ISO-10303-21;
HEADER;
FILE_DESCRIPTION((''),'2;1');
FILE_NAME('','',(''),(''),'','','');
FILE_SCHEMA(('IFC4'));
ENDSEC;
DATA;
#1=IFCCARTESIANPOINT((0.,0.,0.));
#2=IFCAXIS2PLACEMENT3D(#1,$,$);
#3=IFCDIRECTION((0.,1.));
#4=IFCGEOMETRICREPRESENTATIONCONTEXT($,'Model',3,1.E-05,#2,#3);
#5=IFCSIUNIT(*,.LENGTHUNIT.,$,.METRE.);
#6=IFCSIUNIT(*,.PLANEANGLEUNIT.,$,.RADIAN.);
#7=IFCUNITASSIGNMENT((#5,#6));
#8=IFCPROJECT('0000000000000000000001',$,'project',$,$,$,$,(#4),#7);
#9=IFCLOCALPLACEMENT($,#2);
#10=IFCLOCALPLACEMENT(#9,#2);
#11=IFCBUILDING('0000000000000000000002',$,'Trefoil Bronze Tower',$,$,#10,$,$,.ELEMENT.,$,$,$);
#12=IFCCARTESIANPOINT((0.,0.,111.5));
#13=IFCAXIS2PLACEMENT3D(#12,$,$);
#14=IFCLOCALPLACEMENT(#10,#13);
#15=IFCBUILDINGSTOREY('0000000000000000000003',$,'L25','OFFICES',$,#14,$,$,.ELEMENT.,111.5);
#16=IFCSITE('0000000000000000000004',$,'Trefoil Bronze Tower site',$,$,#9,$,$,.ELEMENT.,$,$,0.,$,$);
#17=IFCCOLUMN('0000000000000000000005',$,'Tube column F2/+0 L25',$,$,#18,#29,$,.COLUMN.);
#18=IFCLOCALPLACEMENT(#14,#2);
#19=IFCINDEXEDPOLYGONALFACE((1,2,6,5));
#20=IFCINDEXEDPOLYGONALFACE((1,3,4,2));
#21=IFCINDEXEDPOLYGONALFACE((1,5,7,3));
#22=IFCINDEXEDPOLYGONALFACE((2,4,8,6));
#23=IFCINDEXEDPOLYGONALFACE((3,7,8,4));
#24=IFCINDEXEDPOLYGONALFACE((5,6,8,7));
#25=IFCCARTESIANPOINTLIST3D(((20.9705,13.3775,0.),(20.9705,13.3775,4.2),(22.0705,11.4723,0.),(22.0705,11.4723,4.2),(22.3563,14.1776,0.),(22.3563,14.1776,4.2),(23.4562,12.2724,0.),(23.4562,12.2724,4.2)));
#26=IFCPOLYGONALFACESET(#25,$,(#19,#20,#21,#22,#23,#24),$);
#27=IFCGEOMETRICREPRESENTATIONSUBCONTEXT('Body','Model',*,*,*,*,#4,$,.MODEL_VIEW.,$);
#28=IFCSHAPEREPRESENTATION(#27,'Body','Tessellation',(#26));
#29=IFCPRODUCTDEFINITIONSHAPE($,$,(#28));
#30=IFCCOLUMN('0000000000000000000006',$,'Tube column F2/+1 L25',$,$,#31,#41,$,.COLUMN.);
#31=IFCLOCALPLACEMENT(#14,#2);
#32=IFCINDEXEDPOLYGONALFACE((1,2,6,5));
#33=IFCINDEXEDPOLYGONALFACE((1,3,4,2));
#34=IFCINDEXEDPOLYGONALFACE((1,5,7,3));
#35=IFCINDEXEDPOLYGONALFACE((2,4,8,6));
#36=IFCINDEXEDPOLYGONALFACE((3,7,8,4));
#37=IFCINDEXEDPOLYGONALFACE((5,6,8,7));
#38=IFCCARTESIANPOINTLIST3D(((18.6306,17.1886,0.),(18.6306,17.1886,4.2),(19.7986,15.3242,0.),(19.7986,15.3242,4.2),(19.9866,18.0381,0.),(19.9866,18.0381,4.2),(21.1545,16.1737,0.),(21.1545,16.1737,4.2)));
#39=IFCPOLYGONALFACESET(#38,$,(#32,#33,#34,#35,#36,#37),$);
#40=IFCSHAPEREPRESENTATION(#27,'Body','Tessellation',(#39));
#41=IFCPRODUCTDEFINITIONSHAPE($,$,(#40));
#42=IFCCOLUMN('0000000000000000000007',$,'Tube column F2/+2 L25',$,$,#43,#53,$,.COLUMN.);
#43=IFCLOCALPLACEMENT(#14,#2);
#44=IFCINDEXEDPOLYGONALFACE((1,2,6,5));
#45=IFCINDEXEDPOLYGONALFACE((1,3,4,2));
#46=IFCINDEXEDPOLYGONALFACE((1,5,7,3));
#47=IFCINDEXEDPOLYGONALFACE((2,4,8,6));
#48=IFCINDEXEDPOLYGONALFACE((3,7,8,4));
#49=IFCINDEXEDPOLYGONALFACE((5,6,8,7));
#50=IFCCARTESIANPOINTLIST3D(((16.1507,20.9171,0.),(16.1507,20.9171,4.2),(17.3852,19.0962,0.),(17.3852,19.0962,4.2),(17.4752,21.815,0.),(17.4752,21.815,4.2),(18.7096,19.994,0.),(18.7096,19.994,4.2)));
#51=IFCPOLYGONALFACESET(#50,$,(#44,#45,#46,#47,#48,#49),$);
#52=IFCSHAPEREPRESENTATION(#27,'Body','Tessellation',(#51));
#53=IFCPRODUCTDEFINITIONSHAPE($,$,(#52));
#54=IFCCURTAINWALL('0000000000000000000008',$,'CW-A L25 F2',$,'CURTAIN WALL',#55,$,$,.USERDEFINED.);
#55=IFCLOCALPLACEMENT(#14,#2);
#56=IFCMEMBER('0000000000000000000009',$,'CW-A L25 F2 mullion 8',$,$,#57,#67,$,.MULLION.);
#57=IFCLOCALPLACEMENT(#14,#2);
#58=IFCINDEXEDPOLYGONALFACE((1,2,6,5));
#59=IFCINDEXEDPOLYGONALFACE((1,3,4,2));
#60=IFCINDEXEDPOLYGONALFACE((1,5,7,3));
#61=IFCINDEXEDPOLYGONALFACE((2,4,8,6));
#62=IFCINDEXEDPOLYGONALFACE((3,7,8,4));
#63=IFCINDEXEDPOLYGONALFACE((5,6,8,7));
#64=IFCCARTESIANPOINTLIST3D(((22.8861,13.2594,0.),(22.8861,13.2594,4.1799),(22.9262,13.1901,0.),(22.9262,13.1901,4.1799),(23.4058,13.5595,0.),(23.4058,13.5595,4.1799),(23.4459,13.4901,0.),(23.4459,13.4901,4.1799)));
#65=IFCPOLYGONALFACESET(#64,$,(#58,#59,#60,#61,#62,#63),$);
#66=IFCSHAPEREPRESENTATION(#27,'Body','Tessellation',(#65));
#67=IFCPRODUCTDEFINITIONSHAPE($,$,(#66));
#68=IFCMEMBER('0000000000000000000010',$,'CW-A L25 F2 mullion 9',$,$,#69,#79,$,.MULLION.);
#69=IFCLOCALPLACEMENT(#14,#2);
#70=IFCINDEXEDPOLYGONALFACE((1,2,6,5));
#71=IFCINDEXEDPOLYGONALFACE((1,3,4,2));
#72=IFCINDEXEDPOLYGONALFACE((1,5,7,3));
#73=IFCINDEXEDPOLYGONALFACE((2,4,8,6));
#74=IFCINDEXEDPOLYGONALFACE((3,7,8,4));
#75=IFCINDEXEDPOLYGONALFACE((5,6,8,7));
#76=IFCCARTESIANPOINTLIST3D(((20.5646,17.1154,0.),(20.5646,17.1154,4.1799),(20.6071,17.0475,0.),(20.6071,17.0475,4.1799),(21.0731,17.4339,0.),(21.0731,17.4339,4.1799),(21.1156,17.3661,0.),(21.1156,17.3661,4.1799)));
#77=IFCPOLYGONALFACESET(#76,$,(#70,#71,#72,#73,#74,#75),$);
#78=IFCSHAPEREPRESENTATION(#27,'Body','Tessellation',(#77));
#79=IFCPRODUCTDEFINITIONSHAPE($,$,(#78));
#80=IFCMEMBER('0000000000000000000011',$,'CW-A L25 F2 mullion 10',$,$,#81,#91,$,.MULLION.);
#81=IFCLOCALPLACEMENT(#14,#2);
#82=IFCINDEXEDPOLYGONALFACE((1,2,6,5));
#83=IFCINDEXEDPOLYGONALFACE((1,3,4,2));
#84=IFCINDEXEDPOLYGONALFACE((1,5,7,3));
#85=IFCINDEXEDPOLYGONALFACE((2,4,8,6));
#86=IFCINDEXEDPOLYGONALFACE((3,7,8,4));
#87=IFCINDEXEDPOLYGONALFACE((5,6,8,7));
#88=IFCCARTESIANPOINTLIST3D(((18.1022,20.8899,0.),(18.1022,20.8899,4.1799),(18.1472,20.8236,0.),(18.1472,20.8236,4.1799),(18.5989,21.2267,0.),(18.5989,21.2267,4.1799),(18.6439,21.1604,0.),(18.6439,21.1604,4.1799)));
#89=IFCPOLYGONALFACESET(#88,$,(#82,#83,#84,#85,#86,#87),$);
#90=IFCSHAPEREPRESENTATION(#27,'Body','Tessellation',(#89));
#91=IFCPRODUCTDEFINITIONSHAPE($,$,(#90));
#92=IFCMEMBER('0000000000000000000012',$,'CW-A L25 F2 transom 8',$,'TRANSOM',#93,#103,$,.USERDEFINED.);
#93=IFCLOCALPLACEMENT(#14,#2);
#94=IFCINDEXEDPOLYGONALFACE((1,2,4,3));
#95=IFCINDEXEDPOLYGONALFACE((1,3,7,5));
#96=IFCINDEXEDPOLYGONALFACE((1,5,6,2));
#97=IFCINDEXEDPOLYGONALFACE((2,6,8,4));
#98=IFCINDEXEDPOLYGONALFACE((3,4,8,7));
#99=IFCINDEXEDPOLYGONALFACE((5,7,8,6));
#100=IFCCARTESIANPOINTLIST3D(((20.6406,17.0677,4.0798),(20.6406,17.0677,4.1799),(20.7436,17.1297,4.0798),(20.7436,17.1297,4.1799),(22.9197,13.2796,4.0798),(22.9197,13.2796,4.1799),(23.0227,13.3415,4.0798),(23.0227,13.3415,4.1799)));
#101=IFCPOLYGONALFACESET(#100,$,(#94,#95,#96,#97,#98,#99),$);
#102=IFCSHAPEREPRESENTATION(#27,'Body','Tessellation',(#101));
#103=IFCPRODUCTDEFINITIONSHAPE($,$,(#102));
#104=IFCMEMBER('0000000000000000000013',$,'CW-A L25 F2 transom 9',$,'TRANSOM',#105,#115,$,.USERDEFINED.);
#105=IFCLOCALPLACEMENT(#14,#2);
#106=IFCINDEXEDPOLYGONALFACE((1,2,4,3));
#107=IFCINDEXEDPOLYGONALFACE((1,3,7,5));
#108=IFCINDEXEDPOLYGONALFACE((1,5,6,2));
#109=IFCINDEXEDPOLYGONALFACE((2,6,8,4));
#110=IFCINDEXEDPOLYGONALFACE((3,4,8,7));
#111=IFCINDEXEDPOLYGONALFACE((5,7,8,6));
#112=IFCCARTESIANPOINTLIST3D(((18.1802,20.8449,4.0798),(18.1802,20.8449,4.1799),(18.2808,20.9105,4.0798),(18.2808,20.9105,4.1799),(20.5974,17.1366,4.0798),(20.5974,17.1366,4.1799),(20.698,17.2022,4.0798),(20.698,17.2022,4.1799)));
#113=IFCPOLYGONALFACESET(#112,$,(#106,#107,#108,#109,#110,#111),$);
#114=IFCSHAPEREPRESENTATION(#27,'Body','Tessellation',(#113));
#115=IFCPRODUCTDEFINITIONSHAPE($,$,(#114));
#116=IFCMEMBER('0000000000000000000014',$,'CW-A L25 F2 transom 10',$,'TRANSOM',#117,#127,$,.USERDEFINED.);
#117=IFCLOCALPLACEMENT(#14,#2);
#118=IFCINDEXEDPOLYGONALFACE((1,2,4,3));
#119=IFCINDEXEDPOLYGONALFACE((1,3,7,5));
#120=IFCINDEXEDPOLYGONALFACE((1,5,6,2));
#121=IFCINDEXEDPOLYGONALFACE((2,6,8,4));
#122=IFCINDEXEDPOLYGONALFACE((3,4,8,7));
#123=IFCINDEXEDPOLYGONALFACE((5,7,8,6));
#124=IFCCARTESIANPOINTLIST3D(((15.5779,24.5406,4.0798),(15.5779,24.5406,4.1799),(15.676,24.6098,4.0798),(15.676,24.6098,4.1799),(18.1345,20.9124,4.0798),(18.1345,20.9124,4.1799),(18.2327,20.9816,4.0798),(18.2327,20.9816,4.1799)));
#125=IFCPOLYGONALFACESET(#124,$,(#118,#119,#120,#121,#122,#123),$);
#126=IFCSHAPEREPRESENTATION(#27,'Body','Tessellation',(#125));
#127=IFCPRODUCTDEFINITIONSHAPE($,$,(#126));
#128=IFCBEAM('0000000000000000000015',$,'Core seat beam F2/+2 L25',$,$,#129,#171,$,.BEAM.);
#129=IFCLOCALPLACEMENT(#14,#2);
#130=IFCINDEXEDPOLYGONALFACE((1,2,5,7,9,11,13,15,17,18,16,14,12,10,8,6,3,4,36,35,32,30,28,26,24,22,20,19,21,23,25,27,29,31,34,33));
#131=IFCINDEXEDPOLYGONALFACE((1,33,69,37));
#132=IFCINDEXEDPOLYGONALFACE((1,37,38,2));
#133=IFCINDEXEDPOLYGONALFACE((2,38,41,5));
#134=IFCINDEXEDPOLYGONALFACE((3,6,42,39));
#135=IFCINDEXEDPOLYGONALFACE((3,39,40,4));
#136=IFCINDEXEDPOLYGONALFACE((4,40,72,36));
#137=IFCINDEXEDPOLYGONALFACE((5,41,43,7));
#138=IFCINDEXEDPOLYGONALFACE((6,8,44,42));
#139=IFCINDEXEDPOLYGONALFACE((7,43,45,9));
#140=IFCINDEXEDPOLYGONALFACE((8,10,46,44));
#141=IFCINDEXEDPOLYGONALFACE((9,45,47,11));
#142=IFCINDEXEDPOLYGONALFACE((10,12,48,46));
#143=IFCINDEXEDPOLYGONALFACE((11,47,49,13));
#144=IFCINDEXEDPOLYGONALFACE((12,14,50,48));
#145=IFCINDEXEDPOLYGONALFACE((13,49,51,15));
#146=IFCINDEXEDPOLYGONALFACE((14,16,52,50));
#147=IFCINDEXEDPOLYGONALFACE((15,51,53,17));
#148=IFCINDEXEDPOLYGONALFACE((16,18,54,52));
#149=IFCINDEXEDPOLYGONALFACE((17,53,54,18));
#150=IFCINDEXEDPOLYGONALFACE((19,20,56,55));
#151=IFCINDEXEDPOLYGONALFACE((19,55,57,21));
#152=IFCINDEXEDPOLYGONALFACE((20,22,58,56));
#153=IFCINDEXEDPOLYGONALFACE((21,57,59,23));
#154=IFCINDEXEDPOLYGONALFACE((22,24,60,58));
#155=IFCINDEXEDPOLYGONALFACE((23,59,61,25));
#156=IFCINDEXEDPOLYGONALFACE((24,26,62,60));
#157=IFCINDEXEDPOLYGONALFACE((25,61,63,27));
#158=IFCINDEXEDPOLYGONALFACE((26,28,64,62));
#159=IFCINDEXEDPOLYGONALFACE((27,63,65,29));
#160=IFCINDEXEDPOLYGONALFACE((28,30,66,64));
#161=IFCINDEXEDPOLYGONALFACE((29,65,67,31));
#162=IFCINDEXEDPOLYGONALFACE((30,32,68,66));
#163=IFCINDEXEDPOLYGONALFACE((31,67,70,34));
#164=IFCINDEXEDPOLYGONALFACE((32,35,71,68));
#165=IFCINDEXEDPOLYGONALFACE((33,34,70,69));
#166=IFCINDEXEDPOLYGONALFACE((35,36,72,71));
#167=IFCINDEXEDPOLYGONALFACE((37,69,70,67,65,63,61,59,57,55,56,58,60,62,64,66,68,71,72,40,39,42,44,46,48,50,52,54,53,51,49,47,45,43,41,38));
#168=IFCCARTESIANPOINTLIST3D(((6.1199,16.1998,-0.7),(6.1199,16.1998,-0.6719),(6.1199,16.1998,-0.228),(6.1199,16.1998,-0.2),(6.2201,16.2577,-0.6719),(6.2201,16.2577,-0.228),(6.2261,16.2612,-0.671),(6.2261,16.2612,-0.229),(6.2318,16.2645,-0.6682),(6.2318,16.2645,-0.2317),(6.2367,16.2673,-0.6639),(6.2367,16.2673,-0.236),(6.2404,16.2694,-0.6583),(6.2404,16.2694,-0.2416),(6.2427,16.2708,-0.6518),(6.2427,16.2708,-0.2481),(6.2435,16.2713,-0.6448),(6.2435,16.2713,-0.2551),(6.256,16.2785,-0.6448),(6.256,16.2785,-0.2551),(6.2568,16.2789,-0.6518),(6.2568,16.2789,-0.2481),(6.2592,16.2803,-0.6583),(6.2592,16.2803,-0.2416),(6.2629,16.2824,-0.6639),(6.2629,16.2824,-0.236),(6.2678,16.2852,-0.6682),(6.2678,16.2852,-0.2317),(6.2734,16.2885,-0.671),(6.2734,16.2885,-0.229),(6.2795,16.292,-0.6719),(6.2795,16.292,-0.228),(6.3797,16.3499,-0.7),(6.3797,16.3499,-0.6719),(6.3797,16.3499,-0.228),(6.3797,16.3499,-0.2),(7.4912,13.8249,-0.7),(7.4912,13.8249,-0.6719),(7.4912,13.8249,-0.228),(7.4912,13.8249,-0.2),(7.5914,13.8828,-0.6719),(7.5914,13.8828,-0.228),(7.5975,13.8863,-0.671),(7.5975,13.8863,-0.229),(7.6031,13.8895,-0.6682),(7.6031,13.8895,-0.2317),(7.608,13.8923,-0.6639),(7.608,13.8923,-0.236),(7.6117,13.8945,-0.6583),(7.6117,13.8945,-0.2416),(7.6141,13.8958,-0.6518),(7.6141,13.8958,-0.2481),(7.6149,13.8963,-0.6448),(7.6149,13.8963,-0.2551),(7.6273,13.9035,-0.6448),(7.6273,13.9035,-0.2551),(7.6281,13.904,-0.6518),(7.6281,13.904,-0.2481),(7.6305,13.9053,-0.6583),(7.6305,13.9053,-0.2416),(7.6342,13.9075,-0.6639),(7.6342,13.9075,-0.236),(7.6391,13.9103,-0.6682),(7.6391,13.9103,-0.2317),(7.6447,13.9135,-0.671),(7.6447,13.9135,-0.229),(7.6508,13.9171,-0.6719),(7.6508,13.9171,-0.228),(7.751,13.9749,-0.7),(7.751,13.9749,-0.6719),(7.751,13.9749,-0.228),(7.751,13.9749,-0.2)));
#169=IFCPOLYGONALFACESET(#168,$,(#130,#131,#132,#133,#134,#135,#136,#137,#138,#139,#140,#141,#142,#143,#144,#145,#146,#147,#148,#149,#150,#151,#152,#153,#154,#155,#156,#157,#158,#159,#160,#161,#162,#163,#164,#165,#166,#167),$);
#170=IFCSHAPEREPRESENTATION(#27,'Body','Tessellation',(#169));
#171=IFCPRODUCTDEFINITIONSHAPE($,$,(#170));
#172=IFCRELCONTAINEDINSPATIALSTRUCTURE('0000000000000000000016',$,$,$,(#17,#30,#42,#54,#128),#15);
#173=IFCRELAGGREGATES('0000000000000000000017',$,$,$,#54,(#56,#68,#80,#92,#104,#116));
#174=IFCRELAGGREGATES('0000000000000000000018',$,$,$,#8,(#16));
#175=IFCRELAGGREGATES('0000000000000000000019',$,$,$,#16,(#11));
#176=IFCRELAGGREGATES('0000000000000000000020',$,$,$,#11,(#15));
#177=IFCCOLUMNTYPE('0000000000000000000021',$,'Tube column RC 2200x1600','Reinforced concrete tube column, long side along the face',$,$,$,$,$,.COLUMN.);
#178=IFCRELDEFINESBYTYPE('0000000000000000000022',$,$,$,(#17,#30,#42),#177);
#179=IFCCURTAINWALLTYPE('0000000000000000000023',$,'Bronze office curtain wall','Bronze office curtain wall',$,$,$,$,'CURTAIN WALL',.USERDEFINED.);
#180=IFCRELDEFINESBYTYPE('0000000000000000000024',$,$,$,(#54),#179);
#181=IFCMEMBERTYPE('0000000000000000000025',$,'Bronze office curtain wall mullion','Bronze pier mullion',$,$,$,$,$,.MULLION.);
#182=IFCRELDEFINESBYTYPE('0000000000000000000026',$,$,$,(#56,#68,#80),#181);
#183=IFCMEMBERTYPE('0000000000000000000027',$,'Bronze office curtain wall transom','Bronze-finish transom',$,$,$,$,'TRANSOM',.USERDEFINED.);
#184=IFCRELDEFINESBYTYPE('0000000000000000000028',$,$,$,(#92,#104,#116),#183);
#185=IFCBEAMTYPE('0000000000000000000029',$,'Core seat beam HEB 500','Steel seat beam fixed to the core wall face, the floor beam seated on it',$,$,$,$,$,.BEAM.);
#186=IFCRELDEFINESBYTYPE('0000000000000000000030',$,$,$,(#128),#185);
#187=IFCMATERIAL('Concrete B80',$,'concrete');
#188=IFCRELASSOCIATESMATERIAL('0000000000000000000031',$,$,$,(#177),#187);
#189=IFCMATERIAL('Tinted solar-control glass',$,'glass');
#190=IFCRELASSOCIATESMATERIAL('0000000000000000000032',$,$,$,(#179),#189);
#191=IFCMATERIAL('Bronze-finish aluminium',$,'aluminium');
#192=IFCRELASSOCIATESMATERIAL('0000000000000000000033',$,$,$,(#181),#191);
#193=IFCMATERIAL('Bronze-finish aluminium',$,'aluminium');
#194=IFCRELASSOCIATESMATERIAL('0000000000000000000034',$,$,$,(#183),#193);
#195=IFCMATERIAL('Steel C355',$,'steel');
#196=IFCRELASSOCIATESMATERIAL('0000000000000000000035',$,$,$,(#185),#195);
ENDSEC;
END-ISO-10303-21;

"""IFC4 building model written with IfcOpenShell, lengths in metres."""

from ifc_helpers import new_model, si_unit, direction, frame, origin, origin_2d, place, context, subcontext, project, spatial, rectangle, i_section, extrude, material, material_profile, profile_set, type_object, element, aggregate, save


model = new_model("IFC4")

# Units and contexts
model_context = context("Model", 3, precision=1e-05, world=origin(), true_north=direction((0.0, 1.0)))
body_context = subcontext(model_context, "Body", "Model", "MODEL_VIEW")
ifc_project = project(units=[si_unit("LENGTHUNIT", "METRE"), si_unit("PLANEANGLEUNIT", "RADIAN")], contexts=[model_context])

# Site, building, storey
site_placement = place(None, origin())
site = spatial("IfcSite", under=ifc_project, at=site_placement, Name="Trefoil Bronze Tower site", CompositionType="ELEMENT", RefElevation=0.0)
building_placement = place(site_placement, origin())
building = spatial("IfcBuilding", under=site, at=building_placement, Name="Trefoil Bronze Tower", CompositionType="ELEMENT")
storey_placement = place(building_placement, frame((0.0, 0.0, 111.5)))
storey = spatial("IfcBuildingStorey", under=building, at=storey_placement, Name="L25", Description="OFFICES", CompositionType="ELEMENT", Elevation=111.5)

# Columns
ifc_material_1 = material(Name="Concrete B80", Category="concrete")
ifc_material_profile_1 = material_profile(ifc_material_1, rectangle(XDim=2.2, YDim=1.6001, at=origin_2d()), Name="RC 2200x1600")
ifc_profile_set_1 = profile_set([ifc_material_profile_1], Name="Concrete B80")
column_type = type_object("IfcColumnType", Name="Tube column RC 2200x1600", Description="Reinforced concrete tube column, long side along the face", PredefinedType="COLUMN", material=ifc_profile_set_1)
for number, where, z_axis, x_axis, name in (
    (1, (22.2134, 12.825, 0.0), (0.0, 0.0, 1.0), (-0.5, 0.866025, 0.0), "Tube column F2/+0 L25"),
    (2, (19.8926, 16.6812, 0.0), (0.0, 0.0, 1.0), (-0.530893, 0.847439, 0.0), "Tube column F2/+1 L25"),
    (3, (17.4302, 20.4556, 0.0), (0.0, 0.0, 1.0), (-0.561136, 0.827724, 0.0), "Tube column F2/+2 L25"),
):
    element("IfcColumn", number, at=place(storey_placement, frame(where, z_axis=z_axis, x_axis=x_axis)), inside=storey, type_object=column_type, Name=name, PredefinedType="COLUMN", context=body_context, shape_type="SweptSolid", body=[
        extrude(rectangle(XDim=2.2, YDim=1.6001, at=origin_2d()), origin(), (0.0, 0.0, 1.0), 4.2),
    ])

# Curtain wall, members
ifc_material_2 = material(Name="Tinted solar-control glass", Category="glass")
curtain_wall_type = type_object("IfcCurtainWallType", Name="Bronze office curtain wall", Description="Bronze office curtain wall", ElementType="CURTAIN WALL", PredefinedType="USERDEFINED", material=ifc_material_2)
curtain_wall_placement = place(storey_placement, origin())
curtain_wall = element("IfcCurtainWall", 4, at=curtain_wall_placement, inside=storey, type_object=curtain_wall_type, Name="CW-A L25 F2", ObjectType="CURTAIN WALL", PredefinedType="USERDEFINED")
ifc_material_3 = material(Name="Bronze-finish aluminium", Category="aluminium")
ifc_material_profile_2 = material_profile(ifc_material_3, rectangle(XDim=0.6001, YDim=0.0801, at=origin_2d()), Name="CW-A mullion")
ifc_profile_set_2 = profile_set([ifc_material_profile_2], Name="Bronze-finish aluminium")
member_type_1 = type_object("IfcMemberType", Name="Bronze office curtain wall mullion", Description="Bronze pier mullion", PredefinedType="MULLION", material=ifc_profile_set_2)
member_1_placement = place(storey_placement, frame((23.166, 13.3748, 0.0), z_axis=(0.0, 0.0, 1.0), x_axis=(-0.866025, -0.5, 0.0)))
member_1 = element("IfcMember", 5, at=member_1_placement, type_object=member_type_1, Name="CW-A L25 F2 mullion 8", PredefinedType="MULLION", context=body_context, shape_type="SweptSolid", body=[
    extrude(rectangle(XDim=0.6001, YDim=0.0801, at=origin_2d()), origin(), (0.0, 0.0, 1.0), 4.1799),
])
member_2_placement = place(storey_placement, frame((20.8401, 17.2407, 0.0), z_axis=(0.0, 0.0, 1.0), x_axis=(-0.847439, -0.530893, 0.0)))
member_2 = element("IfcMember", 6, at=member_2_placement, type_object=member_type_1, Name="CW-A L25 F2 mullion 9", PredefinedType="MULLION", context=body_context, shape_type="SweptSolid", body=[
    extrude(rectangle(XDim=0.6001, YDim=0.0801, at=origin_2d()), origin(), (0.0, 0.0, 1.0), 4.1799),
])
member_3_placement = place(storey_placement, frame((18.373, 21.0251, 0.0), z_axis=(0.0, 0.0, 1.0), x_axis=(-0.827724, -0.561136, 0.0)))
member_3 = element("IfcMember", 7, at=member_3_placement, type_object=member_type_1, Name="CW-A L25 F2 mullion 10", PredefinedType="MULLION", context=body_context, shape_type="SweptSolid", body=[
    extrude(rectangle(XDim=0.6001, YDim=0.0801, at=origin_2d()), origin(), (0.0, 0.0, 1.0), 4.1799),
])
ifc_material_4 = material(Name="Bronze-finish aluminium", Category="aluminium")
ifc_material_profile_3 = material_profile(ifc_material_4, rectangle(XDim=0.1201, YDim=0.1001, at=origin_2d()), Name="CW-A transom")
ifc_profile_set_3 = profile_set([ifc_material_profile_3], Name="Bronze-finish aluminium")
member_type_2 = type_object("IfcMemberType", Name="Bronze office curtain wall transom", Description="Bronze-finish transom", ElementType="TRANSOM", PredefinedType="USERDEFINED", material=ifc_profile_set_3)
member_4_placement = place(storey_placement, frame((22.9712, 13.3105, 4.1299), z_axis=(-0.515527, 0.856873, 0.0), x_axis=(-0.856873, -0.515527, 0.0)))
member_4 = element("IfcMember", 8, at=member_4_placement, type_object=member_type_2, Name="CW-A L25 F2 transom 8", ObjectType="TRANSOM", PredefinedType="USERDEFINED", context=body_context, shape_type="SweptSolid", body=[
    extrude(rectangle(XDim=0.1201, YDim=0.1001, at=origin_2d()), origin(), (0.0, 0.0, 1.0), 4.4209),
])
member_5_placement = place(storey_placement, frame((20.6477, 17.1694, 4.1299), z_axis=(-0.546079, 0.837733, 0.0), x_axis=(-0.837733, -0.546079, 0.0)))
member_5 = element("IfcMember", 9, at=member_5_placement, type_object=member_type_2, Name="CW-A L25 F2 transom 9", ObjectType="TRANSOM", PredefinedType="USERDEFINED", context=body_context, shape_type="SweptSolid", body=[
    extrude(rectangle(XDim=0.1201, YDim=0.1001, at=origin_2d()), origin(), (0.0, 0.0, 1.0), 4.4265),
])
member_6_placement = place(storey_placement, frame((18.1836, 20.947, 4.1299), z_axis=(-0.576018, 0.817437, 0.0), x_axis=(-0.817437, -0.576018, 0.0)))
member_6 = element("IfcMember", 10, at=member_6_placement, type_object=member_type_2, Name="CW-A L25 F2 transom 10", ObjectType="TRANSOM", PredefinedType="USERDEFINED", context=body_context, shape_type="SweptSolid", body=[
    extrude(rectangle(XDim=0.1201, YDim=0.1001, at=origin_2d()), origin(), (0.0, 0.0, 1.0), 4.4385),
])

# Beam
ifc_material_5 = material(Name="Steel C355", Category="steel")
ifc_material_profile_4 = material_profile(ifc_material_5, i_section(OverallWidth=0.3, OverallDepth=0.5, WebThickness=0.0144, FlangeThickness=0.0281, FilletRadius=0.0271, at=origin_2d()), Name="HEB 500")
ifc_profile_set_4 = profile_set([ifc_material_profile_4], Name="Steel C355")
beam_type_1 = type_object("IfcBeamType", Name="Core seat beam HEB 500", Description="Steel seat beam fixed to the core wall face, the floor beam seated on it", PredefinedType="BEAM", material=ifc_profile_set_4)
beam_1_placement = place(storey_placement, frame((7.6211, 13.8999, -0.45), z_axis=(-0.500036, 0.866005, 0.0), x_axis=(-0.866005, -0.500036, 0.0)))
element("IfcBeam", 11, at=beam_1_placement, inside=storey, type_object=beam_type_1, Name="Core seat beam F2/+2 L25", PredefinedType="BEAM", context=body_context, shape_type="SweptSolid", body=[
    extrude(i_section(OverallWidth=0.3, OverallDepth=0.5, WebThickness=0.0144, FlangeThickness=0.0281, FilletRadius=0.0271, at=origin_2d()), origin(), (0.0, 0.0, 1.0), 2.7424),
])

aggregate(curtain_wall, [member_1, member_2, member_3, member_4, member_5, member_6])

save(model, "model.ifc")
